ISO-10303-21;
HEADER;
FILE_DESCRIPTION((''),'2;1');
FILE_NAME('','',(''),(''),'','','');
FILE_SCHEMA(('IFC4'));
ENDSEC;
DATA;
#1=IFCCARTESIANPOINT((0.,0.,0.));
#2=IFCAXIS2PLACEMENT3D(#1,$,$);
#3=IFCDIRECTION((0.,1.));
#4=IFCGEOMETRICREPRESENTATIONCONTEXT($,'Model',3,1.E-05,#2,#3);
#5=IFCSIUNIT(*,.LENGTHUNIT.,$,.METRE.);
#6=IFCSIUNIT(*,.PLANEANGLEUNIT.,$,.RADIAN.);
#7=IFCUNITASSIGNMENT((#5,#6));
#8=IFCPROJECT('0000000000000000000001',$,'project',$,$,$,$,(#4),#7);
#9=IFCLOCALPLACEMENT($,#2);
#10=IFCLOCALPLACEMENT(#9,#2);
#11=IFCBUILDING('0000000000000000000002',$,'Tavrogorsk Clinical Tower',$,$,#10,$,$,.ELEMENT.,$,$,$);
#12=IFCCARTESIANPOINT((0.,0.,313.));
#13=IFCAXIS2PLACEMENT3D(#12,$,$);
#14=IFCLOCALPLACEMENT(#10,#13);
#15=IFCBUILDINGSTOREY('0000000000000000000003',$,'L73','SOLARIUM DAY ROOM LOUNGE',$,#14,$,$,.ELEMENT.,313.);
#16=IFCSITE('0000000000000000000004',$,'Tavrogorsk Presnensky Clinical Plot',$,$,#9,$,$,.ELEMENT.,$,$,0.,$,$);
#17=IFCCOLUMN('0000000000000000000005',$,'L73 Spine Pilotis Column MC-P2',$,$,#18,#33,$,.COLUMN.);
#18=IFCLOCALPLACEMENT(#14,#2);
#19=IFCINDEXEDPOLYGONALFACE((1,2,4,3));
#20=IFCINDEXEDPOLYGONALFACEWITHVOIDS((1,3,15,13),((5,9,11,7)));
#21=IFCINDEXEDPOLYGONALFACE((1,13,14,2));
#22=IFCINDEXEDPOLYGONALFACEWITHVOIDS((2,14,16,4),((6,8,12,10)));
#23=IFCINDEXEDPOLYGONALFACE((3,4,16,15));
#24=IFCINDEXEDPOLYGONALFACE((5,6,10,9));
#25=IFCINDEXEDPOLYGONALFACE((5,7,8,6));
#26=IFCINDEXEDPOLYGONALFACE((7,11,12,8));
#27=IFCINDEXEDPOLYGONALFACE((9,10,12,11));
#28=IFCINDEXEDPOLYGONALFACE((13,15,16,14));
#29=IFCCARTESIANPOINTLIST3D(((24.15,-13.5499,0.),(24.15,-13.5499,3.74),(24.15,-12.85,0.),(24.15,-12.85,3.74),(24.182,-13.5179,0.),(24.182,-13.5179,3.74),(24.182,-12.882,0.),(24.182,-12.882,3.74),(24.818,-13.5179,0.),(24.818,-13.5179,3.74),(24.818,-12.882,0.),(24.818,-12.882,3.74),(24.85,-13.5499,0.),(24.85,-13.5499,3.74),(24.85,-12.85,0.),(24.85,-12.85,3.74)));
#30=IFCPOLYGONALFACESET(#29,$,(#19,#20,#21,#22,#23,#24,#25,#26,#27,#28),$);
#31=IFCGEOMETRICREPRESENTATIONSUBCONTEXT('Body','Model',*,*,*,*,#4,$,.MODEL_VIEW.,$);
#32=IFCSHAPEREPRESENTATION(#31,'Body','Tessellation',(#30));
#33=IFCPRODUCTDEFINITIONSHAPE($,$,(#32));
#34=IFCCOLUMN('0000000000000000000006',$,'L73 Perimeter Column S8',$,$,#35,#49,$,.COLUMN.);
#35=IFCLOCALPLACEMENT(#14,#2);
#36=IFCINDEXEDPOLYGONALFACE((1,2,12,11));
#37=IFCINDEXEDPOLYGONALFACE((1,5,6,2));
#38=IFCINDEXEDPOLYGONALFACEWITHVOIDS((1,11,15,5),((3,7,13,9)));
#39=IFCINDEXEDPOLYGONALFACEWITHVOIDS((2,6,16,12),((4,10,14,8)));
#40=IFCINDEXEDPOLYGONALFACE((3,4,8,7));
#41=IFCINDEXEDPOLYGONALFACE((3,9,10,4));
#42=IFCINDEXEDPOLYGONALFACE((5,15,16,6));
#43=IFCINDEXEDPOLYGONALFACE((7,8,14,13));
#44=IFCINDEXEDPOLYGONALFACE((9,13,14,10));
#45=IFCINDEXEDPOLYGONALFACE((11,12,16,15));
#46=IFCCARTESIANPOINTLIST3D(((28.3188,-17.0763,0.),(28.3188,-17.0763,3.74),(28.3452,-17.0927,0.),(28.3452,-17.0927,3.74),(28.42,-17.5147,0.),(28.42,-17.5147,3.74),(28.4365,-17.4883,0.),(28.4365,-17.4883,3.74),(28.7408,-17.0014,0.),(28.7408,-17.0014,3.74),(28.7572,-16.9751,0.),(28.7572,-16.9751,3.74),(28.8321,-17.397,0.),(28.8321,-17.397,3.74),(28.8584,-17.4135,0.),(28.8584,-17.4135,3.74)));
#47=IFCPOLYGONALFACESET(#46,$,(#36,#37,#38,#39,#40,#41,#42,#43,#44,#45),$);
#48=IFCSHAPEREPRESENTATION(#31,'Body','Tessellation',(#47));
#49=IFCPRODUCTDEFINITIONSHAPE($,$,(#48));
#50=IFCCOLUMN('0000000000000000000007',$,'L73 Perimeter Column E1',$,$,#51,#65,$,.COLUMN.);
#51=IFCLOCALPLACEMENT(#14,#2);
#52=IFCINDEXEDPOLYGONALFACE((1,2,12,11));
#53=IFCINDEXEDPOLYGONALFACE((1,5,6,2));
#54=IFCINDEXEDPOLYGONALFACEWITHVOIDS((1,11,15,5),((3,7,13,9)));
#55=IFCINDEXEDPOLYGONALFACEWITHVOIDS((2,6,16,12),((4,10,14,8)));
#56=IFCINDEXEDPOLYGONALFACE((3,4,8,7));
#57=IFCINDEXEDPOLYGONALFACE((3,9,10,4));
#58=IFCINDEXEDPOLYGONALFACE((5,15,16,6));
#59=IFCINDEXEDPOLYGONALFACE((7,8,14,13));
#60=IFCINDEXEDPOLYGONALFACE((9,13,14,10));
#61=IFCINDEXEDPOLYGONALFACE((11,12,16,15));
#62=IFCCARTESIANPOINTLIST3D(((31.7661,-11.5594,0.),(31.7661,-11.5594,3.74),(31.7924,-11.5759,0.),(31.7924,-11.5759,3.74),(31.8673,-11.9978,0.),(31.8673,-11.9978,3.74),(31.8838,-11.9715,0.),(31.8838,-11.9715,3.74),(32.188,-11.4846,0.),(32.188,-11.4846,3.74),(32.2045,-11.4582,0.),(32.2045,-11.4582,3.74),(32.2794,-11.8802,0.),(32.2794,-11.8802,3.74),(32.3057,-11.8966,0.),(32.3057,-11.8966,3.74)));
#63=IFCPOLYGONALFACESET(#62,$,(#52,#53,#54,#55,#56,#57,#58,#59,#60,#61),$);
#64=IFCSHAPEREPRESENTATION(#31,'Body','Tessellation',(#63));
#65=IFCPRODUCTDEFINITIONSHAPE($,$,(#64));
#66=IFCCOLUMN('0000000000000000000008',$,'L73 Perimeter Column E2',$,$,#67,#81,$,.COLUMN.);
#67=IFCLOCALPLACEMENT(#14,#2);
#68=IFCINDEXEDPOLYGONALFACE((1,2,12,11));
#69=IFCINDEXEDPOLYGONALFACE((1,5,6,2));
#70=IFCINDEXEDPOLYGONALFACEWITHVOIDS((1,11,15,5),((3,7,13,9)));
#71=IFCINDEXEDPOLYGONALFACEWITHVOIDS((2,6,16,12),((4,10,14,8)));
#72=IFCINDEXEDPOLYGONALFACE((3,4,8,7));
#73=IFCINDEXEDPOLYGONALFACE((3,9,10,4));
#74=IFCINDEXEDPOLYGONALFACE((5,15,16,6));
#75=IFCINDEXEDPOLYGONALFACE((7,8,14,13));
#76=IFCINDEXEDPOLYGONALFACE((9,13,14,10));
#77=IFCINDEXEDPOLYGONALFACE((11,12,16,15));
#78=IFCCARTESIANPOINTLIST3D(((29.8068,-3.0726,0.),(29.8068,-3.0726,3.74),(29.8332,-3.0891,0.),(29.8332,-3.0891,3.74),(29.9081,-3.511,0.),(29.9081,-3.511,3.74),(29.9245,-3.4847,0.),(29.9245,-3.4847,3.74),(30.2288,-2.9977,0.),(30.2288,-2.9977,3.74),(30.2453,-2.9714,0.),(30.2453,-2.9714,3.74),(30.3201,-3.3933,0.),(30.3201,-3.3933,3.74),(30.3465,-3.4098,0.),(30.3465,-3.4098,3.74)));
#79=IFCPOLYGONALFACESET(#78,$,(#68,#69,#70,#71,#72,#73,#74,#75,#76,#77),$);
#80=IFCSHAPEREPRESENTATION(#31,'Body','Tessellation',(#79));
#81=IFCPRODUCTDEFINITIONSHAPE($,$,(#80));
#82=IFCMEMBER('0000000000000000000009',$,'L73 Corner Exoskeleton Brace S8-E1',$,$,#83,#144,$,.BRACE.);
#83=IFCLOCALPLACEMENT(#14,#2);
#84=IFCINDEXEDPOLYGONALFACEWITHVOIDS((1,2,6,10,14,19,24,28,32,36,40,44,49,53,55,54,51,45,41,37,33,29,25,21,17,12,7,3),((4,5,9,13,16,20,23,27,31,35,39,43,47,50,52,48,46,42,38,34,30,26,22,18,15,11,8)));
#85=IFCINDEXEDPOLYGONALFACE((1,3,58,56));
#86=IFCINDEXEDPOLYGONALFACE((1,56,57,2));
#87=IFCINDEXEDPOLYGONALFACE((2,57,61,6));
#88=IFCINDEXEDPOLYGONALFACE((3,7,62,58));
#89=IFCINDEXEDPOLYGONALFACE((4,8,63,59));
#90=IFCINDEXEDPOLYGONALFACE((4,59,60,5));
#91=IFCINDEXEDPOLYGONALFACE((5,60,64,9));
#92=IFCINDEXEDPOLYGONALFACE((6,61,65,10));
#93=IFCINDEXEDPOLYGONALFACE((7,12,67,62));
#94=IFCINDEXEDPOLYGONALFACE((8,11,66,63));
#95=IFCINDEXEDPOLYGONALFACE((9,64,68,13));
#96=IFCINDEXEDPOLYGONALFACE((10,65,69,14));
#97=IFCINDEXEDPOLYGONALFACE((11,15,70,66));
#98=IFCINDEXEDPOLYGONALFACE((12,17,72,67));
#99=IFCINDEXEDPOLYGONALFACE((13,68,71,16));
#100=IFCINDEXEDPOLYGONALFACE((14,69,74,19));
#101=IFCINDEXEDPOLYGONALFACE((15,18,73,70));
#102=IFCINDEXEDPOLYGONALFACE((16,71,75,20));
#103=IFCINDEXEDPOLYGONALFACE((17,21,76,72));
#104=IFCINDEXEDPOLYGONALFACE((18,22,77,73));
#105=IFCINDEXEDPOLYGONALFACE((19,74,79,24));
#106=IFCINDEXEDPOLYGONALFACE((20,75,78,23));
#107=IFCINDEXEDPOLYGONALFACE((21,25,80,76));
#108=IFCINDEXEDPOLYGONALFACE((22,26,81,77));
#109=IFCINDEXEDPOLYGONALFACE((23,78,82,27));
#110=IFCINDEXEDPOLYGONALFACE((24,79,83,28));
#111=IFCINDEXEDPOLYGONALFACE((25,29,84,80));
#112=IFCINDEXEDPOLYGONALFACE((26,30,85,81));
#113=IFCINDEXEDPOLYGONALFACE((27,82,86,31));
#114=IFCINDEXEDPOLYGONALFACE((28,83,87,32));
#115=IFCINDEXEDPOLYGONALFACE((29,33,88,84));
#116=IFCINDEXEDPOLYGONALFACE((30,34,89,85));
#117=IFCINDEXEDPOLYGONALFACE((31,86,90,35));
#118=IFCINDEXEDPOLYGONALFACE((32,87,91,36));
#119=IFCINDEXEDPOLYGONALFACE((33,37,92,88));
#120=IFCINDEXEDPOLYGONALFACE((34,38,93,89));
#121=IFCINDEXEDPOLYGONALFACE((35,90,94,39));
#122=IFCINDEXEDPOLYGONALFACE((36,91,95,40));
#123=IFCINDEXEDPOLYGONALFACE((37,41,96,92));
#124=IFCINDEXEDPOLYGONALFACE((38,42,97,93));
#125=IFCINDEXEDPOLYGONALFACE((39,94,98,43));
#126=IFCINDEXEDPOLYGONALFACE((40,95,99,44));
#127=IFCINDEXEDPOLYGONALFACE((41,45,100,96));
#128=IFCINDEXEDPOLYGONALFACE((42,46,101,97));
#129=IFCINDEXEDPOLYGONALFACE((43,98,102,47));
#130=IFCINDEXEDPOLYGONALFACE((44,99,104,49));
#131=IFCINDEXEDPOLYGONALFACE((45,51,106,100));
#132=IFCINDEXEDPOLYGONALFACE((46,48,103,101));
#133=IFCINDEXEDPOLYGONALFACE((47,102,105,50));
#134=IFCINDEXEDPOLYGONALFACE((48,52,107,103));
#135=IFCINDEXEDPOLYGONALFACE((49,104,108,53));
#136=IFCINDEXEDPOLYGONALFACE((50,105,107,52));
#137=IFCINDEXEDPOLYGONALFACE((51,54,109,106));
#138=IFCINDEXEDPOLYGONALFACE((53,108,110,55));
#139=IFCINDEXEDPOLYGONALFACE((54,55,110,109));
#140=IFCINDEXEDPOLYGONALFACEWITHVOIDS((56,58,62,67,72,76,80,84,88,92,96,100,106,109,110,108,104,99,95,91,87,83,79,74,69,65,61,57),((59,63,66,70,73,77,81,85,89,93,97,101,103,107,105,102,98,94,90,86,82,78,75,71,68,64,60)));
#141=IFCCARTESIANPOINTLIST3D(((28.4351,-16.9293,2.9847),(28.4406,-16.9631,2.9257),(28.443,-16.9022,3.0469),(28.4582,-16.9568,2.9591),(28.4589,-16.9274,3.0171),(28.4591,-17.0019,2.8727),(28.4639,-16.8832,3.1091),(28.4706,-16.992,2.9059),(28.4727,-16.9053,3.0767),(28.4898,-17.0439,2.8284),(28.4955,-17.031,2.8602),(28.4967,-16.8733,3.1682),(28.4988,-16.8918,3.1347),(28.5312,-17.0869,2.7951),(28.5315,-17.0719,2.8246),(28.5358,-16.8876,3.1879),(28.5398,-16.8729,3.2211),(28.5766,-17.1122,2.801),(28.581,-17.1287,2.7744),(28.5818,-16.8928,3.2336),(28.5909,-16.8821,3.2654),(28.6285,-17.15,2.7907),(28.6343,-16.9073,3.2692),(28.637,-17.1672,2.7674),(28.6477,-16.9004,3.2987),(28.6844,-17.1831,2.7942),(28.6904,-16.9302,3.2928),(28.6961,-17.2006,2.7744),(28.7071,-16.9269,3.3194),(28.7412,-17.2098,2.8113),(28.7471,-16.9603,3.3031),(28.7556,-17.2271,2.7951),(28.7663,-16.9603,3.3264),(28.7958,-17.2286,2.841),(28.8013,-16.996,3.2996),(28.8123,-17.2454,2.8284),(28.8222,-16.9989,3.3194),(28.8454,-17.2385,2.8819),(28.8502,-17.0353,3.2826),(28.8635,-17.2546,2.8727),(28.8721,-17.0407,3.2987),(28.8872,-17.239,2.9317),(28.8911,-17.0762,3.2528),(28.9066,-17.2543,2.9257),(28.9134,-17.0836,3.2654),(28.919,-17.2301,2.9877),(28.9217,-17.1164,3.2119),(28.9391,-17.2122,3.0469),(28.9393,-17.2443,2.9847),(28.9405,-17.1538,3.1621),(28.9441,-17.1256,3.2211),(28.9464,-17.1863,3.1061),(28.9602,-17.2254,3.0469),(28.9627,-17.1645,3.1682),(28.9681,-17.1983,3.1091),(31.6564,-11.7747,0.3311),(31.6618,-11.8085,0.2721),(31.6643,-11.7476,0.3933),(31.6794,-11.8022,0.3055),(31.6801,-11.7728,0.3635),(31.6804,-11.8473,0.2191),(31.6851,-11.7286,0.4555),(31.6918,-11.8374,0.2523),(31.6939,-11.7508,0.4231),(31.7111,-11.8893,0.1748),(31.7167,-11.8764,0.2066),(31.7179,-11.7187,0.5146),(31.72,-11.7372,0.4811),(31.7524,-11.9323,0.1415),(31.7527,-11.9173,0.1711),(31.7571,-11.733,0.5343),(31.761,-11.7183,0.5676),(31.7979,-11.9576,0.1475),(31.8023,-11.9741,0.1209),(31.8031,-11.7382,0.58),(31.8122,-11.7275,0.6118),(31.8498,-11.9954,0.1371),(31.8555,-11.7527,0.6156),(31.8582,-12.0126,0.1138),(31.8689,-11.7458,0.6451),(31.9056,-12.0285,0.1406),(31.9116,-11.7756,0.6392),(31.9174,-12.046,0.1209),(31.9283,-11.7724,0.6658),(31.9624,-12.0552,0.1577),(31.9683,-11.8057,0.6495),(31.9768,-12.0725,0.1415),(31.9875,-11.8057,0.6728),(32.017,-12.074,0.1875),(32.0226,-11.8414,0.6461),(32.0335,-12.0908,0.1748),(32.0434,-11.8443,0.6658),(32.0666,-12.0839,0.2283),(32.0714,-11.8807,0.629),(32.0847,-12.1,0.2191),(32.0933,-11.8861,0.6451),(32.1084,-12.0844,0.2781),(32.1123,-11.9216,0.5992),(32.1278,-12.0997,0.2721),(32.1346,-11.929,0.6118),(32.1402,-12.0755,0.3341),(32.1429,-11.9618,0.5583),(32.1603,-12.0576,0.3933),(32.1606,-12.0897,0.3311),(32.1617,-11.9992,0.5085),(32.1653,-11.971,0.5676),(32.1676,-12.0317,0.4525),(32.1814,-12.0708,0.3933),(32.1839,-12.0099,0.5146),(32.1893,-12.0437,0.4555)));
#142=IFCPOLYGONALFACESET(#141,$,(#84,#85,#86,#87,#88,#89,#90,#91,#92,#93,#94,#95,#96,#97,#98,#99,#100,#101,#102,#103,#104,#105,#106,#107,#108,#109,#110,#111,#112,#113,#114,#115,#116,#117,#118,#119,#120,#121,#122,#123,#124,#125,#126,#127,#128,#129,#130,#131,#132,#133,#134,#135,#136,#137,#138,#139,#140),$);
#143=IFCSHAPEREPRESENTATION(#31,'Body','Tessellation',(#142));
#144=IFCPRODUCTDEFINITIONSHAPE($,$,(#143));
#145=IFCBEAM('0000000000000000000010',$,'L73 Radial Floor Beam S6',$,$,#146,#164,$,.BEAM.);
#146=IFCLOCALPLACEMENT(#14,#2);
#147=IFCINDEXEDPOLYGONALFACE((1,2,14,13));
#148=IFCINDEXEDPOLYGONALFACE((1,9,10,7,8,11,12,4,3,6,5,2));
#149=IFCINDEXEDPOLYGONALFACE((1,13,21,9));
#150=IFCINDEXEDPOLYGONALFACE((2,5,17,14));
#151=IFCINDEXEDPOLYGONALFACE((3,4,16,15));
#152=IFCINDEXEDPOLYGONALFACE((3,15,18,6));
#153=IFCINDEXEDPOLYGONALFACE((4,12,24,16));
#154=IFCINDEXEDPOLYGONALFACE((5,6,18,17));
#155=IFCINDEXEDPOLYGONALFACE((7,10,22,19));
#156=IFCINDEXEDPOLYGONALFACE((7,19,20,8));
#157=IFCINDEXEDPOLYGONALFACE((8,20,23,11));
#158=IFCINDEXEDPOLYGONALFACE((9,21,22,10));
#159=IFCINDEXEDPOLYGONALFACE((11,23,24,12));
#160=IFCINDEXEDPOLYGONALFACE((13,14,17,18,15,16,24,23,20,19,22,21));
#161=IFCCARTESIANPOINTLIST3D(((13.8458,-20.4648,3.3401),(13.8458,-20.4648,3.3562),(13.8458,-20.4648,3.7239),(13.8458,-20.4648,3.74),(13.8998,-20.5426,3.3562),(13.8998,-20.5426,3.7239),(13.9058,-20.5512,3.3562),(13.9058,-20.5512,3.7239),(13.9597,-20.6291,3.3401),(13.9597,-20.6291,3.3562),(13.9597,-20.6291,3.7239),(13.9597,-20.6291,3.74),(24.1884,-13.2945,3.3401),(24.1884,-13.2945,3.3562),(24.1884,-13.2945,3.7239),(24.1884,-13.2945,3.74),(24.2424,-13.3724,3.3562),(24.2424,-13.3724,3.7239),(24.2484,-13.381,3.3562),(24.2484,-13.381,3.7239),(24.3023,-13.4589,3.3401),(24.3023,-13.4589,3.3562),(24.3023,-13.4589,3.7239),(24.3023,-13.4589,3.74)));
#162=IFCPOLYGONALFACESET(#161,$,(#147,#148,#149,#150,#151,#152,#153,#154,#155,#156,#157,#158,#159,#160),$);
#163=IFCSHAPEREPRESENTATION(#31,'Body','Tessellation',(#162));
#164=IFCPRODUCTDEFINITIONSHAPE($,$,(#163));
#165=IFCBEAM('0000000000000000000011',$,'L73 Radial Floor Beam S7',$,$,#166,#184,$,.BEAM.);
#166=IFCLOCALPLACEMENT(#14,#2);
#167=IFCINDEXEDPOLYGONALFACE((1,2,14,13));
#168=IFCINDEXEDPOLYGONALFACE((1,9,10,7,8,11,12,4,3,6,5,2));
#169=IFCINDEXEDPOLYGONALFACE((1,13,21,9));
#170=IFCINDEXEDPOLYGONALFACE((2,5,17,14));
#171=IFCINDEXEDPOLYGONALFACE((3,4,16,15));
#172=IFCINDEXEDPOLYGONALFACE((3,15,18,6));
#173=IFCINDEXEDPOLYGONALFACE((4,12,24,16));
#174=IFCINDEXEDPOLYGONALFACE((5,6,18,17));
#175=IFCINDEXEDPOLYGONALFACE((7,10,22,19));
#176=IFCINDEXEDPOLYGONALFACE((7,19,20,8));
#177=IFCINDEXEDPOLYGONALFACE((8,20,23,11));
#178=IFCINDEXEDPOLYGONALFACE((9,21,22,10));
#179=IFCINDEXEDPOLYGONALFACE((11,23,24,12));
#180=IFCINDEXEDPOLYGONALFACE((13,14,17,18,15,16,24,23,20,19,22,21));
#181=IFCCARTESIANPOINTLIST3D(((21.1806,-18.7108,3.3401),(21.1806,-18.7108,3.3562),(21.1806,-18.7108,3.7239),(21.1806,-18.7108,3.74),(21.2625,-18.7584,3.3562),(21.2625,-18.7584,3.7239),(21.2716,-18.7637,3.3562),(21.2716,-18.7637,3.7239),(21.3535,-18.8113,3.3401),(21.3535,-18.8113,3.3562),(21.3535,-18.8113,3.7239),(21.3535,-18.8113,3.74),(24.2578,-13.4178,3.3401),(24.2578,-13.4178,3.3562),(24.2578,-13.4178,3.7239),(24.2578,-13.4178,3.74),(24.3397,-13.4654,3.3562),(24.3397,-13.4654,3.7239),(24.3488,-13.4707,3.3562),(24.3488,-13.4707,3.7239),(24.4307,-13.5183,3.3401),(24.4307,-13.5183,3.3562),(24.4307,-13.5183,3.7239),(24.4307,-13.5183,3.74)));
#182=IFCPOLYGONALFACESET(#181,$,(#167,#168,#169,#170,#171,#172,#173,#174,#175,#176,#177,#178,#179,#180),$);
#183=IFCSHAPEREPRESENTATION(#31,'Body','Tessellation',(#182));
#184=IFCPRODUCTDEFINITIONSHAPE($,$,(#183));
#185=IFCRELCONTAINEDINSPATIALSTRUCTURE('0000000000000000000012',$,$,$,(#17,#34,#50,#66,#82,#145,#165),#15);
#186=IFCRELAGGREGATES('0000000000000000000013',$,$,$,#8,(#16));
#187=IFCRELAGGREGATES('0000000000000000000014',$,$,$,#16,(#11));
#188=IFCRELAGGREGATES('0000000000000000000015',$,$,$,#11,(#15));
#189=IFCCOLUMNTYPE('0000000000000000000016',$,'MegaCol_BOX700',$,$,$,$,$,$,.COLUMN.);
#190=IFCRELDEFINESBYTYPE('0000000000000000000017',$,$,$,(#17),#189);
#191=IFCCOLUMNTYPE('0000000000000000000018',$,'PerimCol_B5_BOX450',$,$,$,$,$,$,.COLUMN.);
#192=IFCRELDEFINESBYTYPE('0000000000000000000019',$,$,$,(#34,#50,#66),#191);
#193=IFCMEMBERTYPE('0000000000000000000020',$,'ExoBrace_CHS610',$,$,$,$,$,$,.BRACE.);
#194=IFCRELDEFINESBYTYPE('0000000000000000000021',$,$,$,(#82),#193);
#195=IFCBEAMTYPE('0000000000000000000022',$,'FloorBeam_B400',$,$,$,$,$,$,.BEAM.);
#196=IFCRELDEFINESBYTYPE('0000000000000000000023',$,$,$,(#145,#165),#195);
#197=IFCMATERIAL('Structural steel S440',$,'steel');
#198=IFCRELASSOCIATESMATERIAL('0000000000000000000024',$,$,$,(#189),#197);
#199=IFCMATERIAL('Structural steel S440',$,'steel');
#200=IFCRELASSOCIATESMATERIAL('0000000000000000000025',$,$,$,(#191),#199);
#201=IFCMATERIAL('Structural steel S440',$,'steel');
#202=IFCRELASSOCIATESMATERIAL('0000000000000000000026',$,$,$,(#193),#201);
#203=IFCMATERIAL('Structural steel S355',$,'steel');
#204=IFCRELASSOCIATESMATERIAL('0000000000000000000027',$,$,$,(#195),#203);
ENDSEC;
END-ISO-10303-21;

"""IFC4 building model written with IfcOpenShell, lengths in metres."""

from ifc_helpers import new_model, si_unit, direction, frame, origin, origin_2d, place, context, subcontext, project, spatial, hollow_rectangle, hollow_circle, i_section, extrude, material, material_profile, profile_set, type_object, element, save


model = new_model("IFC4")

# Units and contexts
model_context = context("Model", 3, precision=1e-05, world=origin(), true_north=direction((0.0, 1.0)))
body_context = subcontext(model_context, "Body", "Model", "MODEL_VIEW")
ifc_project = project(units=[si_unit("LENGTHUNIT", "METRE"), si_unit("PLANEANGLEUNIT", "RADIAN")], contexts=[model_context])

# Site, building, storey
site_placement = place(None, origin())
site = spatial("IfcSite", under=ifc_project, at=site_placement, Name="Tavrogorsk Presnensky Clinical Plot", CompositionType="ELEMENT", RefElevation=0.0)
building_placement = place(site_placement, origin())
building = spatial("IfcBuilding", under=site, at=building_placement, Name="Tavrogorsk Clinical Tower", CompositionType="ELEMENT")
storey_placement = place(building_placement, frame((0.0, 0.0, 313.0)))
storey = spatial("IfcBuildingStorey", under=building, at=storey_placement, Name="L73", Description="SOLARIUM DAY ROOM LOUNGE", CompositionType="ELEMENT", Elevation=313.0)

# Columns
ifc_material_1 = material(Name="Structural steel S440", Category="steel")
ifc_material_profile_1 = material_profile(ifc_material_1, hollow_rectangle(XDim=0.7, YDim=0.7, WallThickness=0.032, at=origin_2d()), Name="BOX-700x700x32")
ifc_profile_set_1 = profile_set([ifc_material_profile_1], Name="Structural steel S440")
column_type_1 = type_object("IfcColumnType", Name="MegaCol_BOX700", PredefinedType="COLUMN", material=ifc_profile_set_1)
column_placement = place(storey_placement, frame((24.5, -13.2, 0.0), z_axis=(0.0, 0.0, 1.0), x_axis=(1.0, 0.0, 0.0)))
element("IfcColumn", 1, at=column_placement, inside=storey, type_object=column_type_1, Name="L73 Spine Pilotis Column MC-P2", PredefinedType="COLUMN", context=body_context, shape_type="SweptSolid", body=[
    extrude(hollow_rectangle(XDim=0.7, YDim=0.7, WallThickness=0.032, at=origin_2d()), origin(), (0.0, 0.0, 1.0), 3.74),
])
ifc_material_2 = material(Name="Structural steel S440", Category="steel")
ifc_material_profile_2 = material_profile(ifc_material_2, hollow_rectangle(XDim=0.45, YDim=0.45, WallThickness=0.022, at=origin_2d()), Name="BOX-450x450x22")
ifc_profile_set_2 = profile_set([ifc_material_profile_2], Name="Structural steel S440")
column_type_2 = type_object("IfcColumnType", Name="PerimCol_B5_BOX450", PredefinedType="COLUMN", material=ifc_profile_set_2)
for number, where, z_axis, x_axis, name in (
    (2, (28.5886, -17.2449, 0.0), (0.0, 0.0, 1.0), (0.97437, 0.224951, 0.0), "L73 Perimeter Column S8"),
    (3, (32.0359, -11.728, 0.0), (0.0, 0.0, 1.0), (0.97437, 0.224951, 0.0), "L73 Perimeter Column E1"),
    (4, (30.0767, -3.2412, 0.0), (0.0, 0.0, 1.0), (0.97437, 0.224951, 0.0), "L73 Perimeter Column E2"),
):
    element("IfcColumn", number, at=place(storey_placement, frame(where, z_axis=z_axis, x_axis=x_axis)), inside=storey, type_object=column_type_2, Name=name, PredefinedType="COLUMN", context=body_context, shape_type="SweptSolid", body=[
        extrude(hollow_rectangle(XDim=0.45, YDim=0.45, WallThickness=0.022, at=origin_2d()), origin(), (0.0, 0.0, 1.0), 3.74),
    ])

# Member
ifc_material_3 = material(Name="Structural steel S440", Category="steel")
ifc_material_profile_3 = material_profile(ifc_material_3, hollow_circle(Radius=0.3049, WallThickness=0.0249, at=origin_2d()), Name="CHS-610x25")
ifc_profile_set_3 = profile_set([ifc_material_profile_3], Name="Structural steel S440")
member_type_1 = type_object("IfcMemberType", Name="ExoBrace_CHS610", PredefinedType="BRACE", material=ifc_profile_set_3)
member_1_placement = place(storey_placement, frame((31.9229, -11.9092, 0.3933), z_axis=(-0.485686, -0.777193, 0.4001), x_axis=(0.848028, -0.529952, 0.0)))
element("IfcMember", 5, at=member_1_placement, inside=storey, type_object=member_type_1, Name="L73 Corner Exoskeleton Brace S8-E1", PredefinedType="BRACE", context=body_context, shape_type="SweptSolid", body=[
    extrude(hollow_circle(Radius=0.3049, WallThickness=0.0249, at=origin_2d()), origin(), (0.0, 0.0, 1.0), 6.6323),
])

# Beams
ifc_material_4 = material(Name="Structural steel S355", Category="steel")
ifc_material_profile_4 = material_profile(ifc_material_4, i_section(OverallWidth=0.2, OverallDepth=0.3999, WebThickness=0.0105, FlangeThickness=0.0161, at=origin_2d()), Name="B-400x200x10.5x16")
ifc_profile_set_4 = profile_set([ifc_material_profile_4], Name="Structural steel S355")
beam_type_1 = type_object("IfcBeamType", Name="FloorBeam_B400", PredefinedType="BEAM", material=ifc_profile_set_4)
beam_1_placement = place(storey_placement, frame((24.2454, -13.3767, 3.54), z_axis=(-0.821822, -0.569745, 0.0), x_axis=(0.569745, -0.821822, 0.0)))
element("IfcBeam", 6, at=beam_1_placement, inside=storey, type_object=beam_type_1, Name="L73 Radial Floor Beam S6", PredefinedType="BEAM", context=body_context, shape_type="SweptSolid", body=[
    extrude(i_section(OverallWidth=0.2, OverallDepth=0.3999, WebThickness=0.0105, FlangeThickness=0.0161, at=origin_2d()), origin(), (0.0, 0.0, 1.0), 12.585),
])
beam_2_placement = place(storey_placement, frame((24.3442, -13.468, 3.54), z_axis=(-0.502601, -0.864518, 0.0), x_axis=(0.864518, -0.502601, 0.0)))
element("IfcBeam", 7, at=beam_2_placement, inside=storey, type_object=beam_type_1, Name="L73 Radial Floor Beam S7", PredefinedType="BEAM", context=body_context, shape_type="SweptSolid", body=[
    extrude(i_section(OverallWidth=0.2, OverallDepth=0.3999, WebThickness=0.0105, FlangeThickness=0.0161, at=origin_2d()), origin(), (0.0, 0.0, 1.0), 6.1226),
])

save(model, "model.ifc")
